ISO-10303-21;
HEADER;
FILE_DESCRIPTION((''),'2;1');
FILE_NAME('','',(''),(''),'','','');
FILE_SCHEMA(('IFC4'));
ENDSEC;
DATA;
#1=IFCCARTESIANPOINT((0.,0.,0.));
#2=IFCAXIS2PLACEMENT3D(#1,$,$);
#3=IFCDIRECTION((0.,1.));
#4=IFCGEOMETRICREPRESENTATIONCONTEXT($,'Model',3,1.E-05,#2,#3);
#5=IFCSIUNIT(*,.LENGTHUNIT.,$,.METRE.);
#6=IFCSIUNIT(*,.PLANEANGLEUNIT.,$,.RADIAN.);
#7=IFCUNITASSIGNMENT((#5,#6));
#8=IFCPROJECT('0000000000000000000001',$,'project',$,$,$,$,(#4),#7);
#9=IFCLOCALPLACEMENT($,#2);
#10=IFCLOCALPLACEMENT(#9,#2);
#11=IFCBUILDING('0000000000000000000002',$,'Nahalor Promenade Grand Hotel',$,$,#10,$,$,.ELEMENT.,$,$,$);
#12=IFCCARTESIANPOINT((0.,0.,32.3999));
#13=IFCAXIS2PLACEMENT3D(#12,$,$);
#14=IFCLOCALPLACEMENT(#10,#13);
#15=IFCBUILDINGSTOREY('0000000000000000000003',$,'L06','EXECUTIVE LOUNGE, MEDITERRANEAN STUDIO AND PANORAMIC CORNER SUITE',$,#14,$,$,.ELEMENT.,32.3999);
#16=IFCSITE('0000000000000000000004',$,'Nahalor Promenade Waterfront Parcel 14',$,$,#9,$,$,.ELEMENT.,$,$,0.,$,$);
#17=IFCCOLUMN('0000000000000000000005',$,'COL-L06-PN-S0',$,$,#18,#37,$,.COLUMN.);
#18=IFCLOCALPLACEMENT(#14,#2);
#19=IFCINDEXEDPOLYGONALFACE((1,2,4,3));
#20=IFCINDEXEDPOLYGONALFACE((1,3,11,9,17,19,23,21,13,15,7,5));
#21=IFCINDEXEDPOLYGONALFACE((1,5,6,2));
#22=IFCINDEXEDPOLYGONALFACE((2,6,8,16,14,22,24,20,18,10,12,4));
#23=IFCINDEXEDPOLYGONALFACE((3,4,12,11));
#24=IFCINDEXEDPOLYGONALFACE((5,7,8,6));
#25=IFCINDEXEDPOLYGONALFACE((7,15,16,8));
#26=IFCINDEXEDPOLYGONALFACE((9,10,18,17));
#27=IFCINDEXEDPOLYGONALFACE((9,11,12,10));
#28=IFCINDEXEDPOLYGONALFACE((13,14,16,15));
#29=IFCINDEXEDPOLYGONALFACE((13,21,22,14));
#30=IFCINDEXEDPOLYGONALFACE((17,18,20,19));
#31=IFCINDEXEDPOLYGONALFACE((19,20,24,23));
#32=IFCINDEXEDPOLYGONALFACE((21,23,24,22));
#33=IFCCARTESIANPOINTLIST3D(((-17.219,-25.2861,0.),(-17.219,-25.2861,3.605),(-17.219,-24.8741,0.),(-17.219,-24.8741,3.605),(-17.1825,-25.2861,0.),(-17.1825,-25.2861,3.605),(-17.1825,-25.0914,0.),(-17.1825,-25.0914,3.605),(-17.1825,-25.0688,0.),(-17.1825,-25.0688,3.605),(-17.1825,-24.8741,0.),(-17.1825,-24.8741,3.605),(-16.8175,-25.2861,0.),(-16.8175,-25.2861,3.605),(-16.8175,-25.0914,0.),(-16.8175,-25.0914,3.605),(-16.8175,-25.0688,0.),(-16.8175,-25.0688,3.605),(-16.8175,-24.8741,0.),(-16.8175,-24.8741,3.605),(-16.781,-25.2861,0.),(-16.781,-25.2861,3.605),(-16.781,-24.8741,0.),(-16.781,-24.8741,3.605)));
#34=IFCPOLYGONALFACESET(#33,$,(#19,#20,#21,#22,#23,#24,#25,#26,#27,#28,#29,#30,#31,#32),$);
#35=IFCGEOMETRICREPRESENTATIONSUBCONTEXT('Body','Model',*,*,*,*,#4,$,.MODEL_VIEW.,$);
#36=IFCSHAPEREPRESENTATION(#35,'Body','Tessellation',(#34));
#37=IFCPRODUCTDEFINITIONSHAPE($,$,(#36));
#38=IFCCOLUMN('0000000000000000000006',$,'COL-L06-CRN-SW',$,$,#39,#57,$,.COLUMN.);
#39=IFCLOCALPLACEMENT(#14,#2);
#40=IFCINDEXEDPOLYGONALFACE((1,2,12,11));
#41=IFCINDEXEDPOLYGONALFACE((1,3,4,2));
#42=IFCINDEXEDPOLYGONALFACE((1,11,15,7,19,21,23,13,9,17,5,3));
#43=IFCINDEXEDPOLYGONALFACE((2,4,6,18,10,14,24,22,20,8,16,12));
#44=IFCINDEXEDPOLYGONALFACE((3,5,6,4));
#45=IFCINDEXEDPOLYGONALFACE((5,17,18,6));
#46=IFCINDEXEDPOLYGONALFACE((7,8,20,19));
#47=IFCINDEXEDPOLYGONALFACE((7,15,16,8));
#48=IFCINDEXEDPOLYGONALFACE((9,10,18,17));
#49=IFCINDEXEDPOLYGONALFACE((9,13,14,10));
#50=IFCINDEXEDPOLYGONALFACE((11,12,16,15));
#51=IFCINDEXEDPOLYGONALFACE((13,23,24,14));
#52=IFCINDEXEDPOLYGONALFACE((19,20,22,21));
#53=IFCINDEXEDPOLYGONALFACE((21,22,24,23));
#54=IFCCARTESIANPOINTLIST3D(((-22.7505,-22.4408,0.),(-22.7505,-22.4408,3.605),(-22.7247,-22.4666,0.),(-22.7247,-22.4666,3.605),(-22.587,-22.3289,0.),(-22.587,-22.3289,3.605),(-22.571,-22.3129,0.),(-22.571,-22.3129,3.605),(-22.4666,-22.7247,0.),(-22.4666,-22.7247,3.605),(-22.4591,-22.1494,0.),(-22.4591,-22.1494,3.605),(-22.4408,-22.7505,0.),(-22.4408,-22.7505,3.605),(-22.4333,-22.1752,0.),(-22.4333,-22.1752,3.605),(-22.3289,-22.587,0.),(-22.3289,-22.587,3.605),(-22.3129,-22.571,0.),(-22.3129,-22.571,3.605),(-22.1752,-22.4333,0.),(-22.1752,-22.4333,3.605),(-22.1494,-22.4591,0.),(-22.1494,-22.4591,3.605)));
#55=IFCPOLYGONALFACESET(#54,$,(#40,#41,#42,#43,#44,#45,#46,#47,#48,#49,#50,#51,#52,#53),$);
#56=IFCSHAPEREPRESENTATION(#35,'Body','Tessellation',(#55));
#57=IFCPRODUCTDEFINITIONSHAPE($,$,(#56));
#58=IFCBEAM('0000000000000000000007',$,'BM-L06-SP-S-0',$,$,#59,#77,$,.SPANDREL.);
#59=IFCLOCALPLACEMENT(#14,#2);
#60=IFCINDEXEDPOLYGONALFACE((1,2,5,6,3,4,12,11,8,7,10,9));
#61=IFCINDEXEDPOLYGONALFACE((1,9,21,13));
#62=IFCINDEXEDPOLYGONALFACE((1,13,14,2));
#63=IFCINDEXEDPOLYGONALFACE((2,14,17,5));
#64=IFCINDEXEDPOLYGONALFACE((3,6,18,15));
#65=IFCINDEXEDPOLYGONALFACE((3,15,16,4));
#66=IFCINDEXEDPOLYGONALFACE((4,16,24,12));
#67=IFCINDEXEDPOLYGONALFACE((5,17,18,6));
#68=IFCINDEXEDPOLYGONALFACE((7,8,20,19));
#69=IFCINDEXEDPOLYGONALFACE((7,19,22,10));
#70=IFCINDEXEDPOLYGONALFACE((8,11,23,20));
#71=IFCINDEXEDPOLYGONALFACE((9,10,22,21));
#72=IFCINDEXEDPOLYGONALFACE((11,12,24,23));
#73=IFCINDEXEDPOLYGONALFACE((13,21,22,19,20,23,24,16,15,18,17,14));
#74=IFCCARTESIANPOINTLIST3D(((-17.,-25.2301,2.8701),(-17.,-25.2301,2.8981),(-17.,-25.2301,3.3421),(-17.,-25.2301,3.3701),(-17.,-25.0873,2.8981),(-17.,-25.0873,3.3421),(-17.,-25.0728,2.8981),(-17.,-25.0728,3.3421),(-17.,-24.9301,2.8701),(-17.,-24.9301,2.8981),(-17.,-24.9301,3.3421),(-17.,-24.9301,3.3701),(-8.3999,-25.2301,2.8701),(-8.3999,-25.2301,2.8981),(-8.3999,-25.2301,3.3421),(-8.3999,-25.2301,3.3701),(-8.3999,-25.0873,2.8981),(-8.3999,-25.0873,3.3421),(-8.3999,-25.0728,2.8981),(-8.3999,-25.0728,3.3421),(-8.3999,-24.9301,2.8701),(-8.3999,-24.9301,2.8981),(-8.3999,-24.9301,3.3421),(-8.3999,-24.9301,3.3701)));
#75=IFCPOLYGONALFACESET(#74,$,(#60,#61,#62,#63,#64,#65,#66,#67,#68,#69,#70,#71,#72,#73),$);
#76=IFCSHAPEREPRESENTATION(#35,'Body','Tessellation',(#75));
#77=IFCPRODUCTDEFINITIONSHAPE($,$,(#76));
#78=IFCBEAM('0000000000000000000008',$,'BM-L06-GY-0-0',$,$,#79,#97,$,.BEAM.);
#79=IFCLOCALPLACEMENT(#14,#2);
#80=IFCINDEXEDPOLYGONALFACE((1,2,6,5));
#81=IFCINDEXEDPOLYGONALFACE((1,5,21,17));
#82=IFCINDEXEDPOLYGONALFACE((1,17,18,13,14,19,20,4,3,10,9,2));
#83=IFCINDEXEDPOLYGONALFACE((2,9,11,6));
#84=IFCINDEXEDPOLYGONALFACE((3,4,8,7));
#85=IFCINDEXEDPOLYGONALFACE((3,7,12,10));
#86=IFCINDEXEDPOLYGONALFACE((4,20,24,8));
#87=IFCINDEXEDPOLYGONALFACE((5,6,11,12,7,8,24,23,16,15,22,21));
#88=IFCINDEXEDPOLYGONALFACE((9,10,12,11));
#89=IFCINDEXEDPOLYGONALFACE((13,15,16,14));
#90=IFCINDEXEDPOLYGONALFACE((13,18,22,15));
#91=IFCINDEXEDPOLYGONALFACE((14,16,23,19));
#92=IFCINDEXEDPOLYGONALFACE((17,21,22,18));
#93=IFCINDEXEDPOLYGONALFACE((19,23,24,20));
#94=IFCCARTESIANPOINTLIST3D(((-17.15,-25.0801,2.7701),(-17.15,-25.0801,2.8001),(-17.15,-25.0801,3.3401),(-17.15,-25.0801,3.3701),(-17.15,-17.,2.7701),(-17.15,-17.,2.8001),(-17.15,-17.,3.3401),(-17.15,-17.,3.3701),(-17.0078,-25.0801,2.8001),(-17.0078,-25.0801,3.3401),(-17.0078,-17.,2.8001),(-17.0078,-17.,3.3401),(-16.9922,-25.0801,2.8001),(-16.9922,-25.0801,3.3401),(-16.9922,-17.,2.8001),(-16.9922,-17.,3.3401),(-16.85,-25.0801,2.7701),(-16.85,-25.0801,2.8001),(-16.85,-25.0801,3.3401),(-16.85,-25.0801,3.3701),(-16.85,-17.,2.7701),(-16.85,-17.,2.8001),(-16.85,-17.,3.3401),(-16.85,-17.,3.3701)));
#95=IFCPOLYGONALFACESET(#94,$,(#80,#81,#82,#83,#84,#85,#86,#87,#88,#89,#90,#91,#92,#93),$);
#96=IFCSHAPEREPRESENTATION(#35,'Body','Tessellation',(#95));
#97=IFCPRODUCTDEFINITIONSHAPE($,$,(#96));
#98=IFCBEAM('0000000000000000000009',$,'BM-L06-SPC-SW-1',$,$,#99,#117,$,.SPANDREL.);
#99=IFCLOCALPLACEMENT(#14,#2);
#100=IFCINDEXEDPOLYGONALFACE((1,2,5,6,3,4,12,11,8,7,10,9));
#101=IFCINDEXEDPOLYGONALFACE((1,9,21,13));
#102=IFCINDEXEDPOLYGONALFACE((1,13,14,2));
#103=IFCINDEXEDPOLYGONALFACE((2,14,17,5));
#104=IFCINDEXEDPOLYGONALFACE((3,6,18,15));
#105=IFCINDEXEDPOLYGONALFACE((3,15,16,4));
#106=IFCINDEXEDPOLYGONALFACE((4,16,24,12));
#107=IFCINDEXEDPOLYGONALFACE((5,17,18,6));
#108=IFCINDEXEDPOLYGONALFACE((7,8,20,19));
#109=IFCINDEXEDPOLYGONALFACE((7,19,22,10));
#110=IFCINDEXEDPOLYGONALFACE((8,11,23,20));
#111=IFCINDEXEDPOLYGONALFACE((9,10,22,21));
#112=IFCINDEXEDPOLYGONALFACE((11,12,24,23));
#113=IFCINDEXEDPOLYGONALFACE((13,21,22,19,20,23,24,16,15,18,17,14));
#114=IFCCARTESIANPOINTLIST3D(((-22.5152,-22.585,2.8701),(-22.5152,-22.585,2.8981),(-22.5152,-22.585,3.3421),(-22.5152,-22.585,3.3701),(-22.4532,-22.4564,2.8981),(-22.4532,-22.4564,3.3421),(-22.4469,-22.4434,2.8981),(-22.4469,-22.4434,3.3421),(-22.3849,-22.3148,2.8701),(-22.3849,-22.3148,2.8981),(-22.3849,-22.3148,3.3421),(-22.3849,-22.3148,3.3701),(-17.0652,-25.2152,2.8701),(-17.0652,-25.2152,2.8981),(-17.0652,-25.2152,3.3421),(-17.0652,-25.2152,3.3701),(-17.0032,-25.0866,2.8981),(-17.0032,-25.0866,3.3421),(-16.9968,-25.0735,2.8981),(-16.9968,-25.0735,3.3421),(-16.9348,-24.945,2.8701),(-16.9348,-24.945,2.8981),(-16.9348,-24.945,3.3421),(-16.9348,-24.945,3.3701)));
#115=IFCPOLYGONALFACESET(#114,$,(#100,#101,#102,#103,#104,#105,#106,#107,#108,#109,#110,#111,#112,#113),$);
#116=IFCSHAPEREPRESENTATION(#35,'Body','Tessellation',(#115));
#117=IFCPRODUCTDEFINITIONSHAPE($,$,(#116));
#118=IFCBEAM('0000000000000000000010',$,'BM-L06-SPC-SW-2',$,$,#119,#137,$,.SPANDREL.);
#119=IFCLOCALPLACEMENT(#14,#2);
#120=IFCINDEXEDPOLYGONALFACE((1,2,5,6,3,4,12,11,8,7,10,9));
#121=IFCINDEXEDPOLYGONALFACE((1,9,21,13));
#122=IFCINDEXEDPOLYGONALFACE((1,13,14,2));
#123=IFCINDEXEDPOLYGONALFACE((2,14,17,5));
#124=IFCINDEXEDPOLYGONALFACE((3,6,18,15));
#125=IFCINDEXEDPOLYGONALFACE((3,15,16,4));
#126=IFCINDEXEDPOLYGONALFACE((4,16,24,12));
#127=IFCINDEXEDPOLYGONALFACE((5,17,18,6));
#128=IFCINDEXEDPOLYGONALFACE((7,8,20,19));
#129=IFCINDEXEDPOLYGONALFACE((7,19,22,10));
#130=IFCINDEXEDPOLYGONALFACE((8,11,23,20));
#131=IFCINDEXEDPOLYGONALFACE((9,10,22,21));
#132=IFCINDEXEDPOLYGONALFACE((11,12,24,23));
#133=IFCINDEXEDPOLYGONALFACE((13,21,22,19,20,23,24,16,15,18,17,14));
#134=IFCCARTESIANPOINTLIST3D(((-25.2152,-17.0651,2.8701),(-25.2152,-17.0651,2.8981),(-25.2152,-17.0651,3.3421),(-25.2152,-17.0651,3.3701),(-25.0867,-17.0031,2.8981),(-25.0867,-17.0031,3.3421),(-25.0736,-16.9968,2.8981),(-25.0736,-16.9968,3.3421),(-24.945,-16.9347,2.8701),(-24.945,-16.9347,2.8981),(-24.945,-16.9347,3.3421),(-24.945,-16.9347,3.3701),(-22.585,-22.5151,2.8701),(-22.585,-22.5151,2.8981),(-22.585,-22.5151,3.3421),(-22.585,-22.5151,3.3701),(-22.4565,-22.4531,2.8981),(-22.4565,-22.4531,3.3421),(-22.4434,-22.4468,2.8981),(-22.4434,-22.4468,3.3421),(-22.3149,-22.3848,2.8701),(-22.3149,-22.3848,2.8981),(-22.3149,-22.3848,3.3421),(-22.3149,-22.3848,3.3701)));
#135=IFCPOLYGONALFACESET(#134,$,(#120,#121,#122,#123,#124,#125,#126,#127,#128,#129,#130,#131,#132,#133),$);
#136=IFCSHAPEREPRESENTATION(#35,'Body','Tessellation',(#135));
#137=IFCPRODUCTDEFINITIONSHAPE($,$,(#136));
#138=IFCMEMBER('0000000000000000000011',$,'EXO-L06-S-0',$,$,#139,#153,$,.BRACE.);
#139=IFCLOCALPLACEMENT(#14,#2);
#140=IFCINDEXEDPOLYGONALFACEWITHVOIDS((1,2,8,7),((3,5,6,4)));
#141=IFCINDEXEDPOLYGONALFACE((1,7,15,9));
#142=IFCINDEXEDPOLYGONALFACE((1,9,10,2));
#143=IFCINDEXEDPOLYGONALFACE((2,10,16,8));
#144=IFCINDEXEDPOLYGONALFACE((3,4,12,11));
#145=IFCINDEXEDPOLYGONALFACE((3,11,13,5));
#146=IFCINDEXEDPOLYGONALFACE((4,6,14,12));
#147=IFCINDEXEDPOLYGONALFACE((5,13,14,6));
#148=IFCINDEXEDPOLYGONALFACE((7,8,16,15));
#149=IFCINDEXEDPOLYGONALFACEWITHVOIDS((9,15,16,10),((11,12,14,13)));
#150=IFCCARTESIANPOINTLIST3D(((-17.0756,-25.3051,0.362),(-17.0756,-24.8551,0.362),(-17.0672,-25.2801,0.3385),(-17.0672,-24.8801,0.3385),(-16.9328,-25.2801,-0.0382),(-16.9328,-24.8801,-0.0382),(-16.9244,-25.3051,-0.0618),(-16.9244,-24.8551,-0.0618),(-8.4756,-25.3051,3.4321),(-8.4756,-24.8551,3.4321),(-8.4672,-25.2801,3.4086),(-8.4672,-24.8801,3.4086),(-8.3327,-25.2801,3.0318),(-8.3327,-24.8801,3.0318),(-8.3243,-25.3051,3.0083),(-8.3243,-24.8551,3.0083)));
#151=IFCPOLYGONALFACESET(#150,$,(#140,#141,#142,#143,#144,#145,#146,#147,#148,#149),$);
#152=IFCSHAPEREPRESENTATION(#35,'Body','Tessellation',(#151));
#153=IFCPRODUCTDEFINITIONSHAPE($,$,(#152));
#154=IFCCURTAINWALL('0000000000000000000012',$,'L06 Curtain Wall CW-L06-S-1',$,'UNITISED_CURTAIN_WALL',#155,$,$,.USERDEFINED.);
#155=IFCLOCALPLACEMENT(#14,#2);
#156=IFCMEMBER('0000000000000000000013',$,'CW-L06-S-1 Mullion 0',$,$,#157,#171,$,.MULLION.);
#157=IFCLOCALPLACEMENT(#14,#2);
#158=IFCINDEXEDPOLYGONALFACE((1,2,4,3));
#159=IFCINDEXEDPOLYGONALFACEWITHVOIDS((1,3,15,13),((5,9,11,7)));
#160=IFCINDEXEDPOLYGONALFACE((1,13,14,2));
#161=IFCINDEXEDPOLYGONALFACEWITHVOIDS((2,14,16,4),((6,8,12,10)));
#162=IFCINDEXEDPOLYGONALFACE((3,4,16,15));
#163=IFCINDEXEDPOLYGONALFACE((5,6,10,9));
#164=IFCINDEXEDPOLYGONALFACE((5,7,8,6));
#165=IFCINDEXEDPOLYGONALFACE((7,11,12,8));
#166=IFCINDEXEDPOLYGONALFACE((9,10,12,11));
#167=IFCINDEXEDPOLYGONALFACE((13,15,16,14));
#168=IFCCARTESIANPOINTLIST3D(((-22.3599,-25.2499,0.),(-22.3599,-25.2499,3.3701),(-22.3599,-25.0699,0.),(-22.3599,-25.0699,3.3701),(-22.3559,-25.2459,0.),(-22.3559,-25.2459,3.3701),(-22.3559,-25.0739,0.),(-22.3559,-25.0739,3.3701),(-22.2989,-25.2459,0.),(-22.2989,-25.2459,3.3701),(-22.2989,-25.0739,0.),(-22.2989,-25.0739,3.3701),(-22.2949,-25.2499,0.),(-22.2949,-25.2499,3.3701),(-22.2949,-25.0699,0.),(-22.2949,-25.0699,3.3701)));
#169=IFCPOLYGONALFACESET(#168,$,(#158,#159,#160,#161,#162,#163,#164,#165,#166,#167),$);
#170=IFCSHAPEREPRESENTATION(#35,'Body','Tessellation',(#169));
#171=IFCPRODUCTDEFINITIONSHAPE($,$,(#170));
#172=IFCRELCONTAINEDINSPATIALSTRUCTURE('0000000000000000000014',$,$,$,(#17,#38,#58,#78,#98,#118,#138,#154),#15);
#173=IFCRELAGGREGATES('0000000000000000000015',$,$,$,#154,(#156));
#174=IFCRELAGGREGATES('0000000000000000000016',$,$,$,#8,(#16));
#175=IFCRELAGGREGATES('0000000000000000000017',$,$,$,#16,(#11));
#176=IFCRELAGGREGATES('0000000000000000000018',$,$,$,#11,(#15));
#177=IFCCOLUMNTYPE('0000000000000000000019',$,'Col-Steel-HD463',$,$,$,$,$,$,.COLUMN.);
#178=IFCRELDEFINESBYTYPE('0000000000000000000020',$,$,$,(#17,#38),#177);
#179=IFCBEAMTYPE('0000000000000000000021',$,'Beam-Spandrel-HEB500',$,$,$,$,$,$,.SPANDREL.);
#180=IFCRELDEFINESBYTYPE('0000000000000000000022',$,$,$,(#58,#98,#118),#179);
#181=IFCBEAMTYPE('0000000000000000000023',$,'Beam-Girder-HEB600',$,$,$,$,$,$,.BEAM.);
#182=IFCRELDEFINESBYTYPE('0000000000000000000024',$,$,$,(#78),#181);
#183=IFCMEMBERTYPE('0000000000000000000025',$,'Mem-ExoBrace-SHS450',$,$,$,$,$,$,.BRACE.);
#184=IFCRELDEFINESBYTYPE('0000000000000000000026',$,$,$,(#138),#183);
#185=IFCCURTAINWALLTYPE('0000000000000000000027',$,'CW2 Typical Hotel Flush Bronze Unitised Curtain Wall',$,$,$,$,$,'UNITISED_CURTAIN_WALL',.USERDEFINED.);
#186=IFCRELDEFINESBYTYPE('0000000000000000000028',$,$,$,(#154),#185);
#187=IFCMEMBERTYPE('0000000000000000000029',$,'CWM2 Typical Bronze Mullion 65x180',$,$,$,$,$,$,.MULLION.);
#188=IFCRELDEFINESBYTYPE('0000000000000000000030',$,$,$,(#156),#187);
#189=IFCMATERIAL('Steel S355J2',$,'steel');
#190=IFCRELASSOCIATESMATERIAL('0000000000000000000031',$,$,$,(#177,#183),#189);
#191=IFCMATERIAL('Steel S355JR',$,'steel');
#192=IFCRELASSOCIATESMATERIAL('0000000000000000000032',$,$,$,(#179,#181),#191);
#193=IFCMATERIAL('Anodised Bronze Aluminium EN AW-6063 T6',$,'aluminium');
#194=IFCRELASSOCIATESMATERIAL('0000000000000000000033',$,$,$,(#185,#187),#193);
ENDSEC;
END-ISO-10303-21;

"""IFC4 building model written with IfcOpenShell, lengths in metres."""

from ifc_helpers import new_model, si_unit, direction, frame, origin, origin_2d, place, context, subcontext, project, spatial, hollow_rectangle, i_section, extrude, source, transform, mapped, material, material_profile, profile_set, type_object, element, aggregate, save


model = new_model("IFC4")

# Units and contexts
model_context = context("Model", 3, precision=1e-05, world=origin(), true_north=direction((0.0, 1.0)))
body_context = subcontext(model_context, "Body", "Model", "MODEL_VIEW")
ifc_project = project(units=[si_unit("LENGTHUNIT", "METRE"), si_unit("PLANEANGLEUNIT", "RADIAN")], contexts=[model_context])

# Site, building, storey
site_placement = place(None, origin())
site = spatial("IfcSite", under=ifc_project, at=site_placement, Name="Nahalor Promenade Waterfront Parcel 14", CompositionType="ELEMENT", RefElevation=0.0)
building_placement = place(site_placement, origin())
building = spatial("IfcBuilding", under=site, at=building_placement, Name="Nahalor Promenade Grand Hotel", CompositionType="ELEMENT")
storey_placement = place(building_placement, frame((0.0, 0.0, 32.3999)))
storey = spatial("IfcBuildingStorey", under=building, at=storey_placement, Name="L06", Description="EXECUTIVE LOUNGE, MEDITERRANEAN STUDIO AND PANORAMIC CORNER SUITE", CompositionType="ELEMENT", Elevation=32.3999)

# Columns
ifc_material_1 = material(Name="Steel S355J2", Category="steel")
ifc_material_profile_1 = material_profile(ifc_material_1, i_section(OverallWidth=0.412, OverallDepth=0.438, WebThickness=0.0226, FlangeThickness=0.0365, at=origin_2d()), Name="HD 400x463")
ifc_profile_set_1 = profile_set([ifc_material_profile_1], Name="Steel S355J2")
column_type = type_object("IfcColumnType", Name="Col-Steel-HD463", PredefinedType="COLUMN", material=ifc_profile_set_1)
shared_shape_1 = source(origin(), body_context, "Body", "SweptSolid", [
    extrude(i_section(OverallWidth=0.412, OverallDepth=0.438, WebThickness=0.0226, FlangeThickness=0.0365, at=origin_2d()), origin(), (0.0, 0.0, 1.0), 3.605),
])
for number, where, z_axis, x_axis, name in (
    (1, (-17.0, -25.0801, 0.0), (0.0, 0.0, 1.0), (0.0, 1.0, 0.0), "COL-L06-PN-S0"),
    (2, (-22.45, -22.45, 0.0), (0.0, 0.0, 1.0), (0.707107, 0.707107, 0.0), "COL-L06-CRN-SW"),
):
    element("IfcColumn", number, at=place(storey_placement, frame(where, z_axis=z_axis, x_axis=x_axis)), inside=storey, type_object=column_type, Name=name, PredefinedType="COLUMN", context=body_context, shape_type="MappedRepresentation", body=[
        mapped(shared_shape_1, transform((0.0, 0.0, 0.0), scale=1.0)),
    ])

# Beams
ifc_material_2 = material(Name="Steel S355JR", Category="steel")
ifc_material_profile_2 = material_profile(ifc_material_2, i_section(OverallWidth=0.3, OverallDepth=0.5, WebThickness=0.0145, FlangeThickness=0.028, at=origin_2d()), Name="HEB 500")
ifc_profile_set_2 = profile_set([ifc_material_profile_2], Name="Steel S355JR")
beam_type_1 = type_object("IfcBeamType", Name="Beam-Spandrel-HEB500", PredefinedType="SPANDREL", material=ifc_profile_set_2)
shared_shape_2 = source(origin(), body_context, "Body", "SweptSolid", [
    extrude(i_section(OverallWidth=0.3, OverallDepth=0.5, WebThickness=0.0145, FlangeThickness=0.028, at=origin_2d()), origin(), (0.0, 0.0, 1.0), 8.6001),
])
beam_1_placement = place(storey_placement, frame((-17.0, -25.0801, 3.1201), z_axis=(1.0, 0.0, 0.0), x_axis=(0.0, 1.0, 0.0)))
element("IfcBeam", 3, at=beam_1_placement, inside=storey, type_object=beam_type_1, Name="BM-L06-SP-S-0", PredefinedType="SPANDREL", context=body_context, shape_type="MappedRepresentation", body=[
    mapped(shared_shape_2, transform((0.0, 0.0, 0.0), scale=1.0)),
])
ifc_material_profile_3 = material_profile(ifc_material_2, i_section(OverallWidth=0.3, OverallDepth=0.6, WebThickness=0.0155, FlangeThickness=0.03, at=origin_2d()), Name="HEB 600")
ifc_profile_set_3 = profile_set([ifc_material_profile_3], Name="Steel S355JR")
beam_type_2 = type_object("IfcBeamType", Name="Beam-Girder-HEB600", PredefinedType="BEAM", material=ifc_profile_set_3)
shared_shape_3 = source(origin(), body_context, "Body", "SweptSolid", [
    extrude(i_section(OverallWidth=0.3, OverallDepth=0.6, WebThickness=0.0155, FlangeThickness=0.03, at=origin_2d()), origin(), (0.0, 0.0, 1.0), 8.0801),
])
beam_2_placement = place(storey_placement, frame((-17.0, -25.0801, 3.0701), z_axis=(0.0, 1.0, 0.0), x_axis=(-1.0, 0.0, 0.0)))
element("IfcBeam", 4, at=beam_2_placement, inside=storey, type_object=beam_type_2, Name="BM-L06-GY-0-0", PredefinedType="BEAM", context=body_context, shape_type="MappedRepresentation", body=[
    mapped(shared_shape_3, transform((0.0, 0.0, 0.0), scale=1.0)),
])
shared_shape_4 = source(origin(), body_context, "Body", "SweptSolid", [
    extrude(i_section(OverallWidth=0.3, OverallDepth=0.5, WebThickness=0.0145, FlangeThickness=0.028, at=origin_2d()), origin(), (0.0, 0.0, 1.0), 6.0515),
])
for number, where, z_axis, x_axis, name in (
    (5, (-17.0, -25.0801, 3.1201), (-0.900609, 0.434631, 0.0), (-0.434631, -0.900609, 0.0), "BM-L06-SPC-SW-1"),
    (6, (-22.45, -22.45, 3.1201), (-0.434631, 0.900609, 0.0), (-0.900609, -0.434631, 0.0), "BM-L06-SPC-SW-2"),
):
    element("IfcBeam", number, at=place(storey_placement, frame(where, z_axis=z_axis, x_axis=x_axis)), inside=storey, type_object=beam_type_1, Name=name, PredefinedType="SPANDREL", context=body_context, shape_type="MappedRepresentation", body=[
        mapped(shared_shape_4, transform((0.0, 0.0, 0.0), scale=1.0)),
    ])

# Member
ifc_material_profile_4 = material_profile(ifc_material_1, hollow_rectangle(XDim=0.45, YDim=0.45, WallThickness=0.025, at=origin_2d()), Name="SHS 450x450x25")
ifc_profile_set_4 = profile_set([ifc_material_profile_4], Name="Steel S355J2")
member_type_1 = type_object("IfcMemberType", Name="Mem-ExoBrace-SHS450", PredefinedType="BRACE", material=ifc_profile_set_4)
shared_shape_5 = source(origin(), body_context, "Body", "SweptSolid", [
    extrude(hollow_rectangle(XDim=0.45, YDim=0.45, WallThickness=0.025, at=origin_2d()), origin(), (0.0, 0.0, 1.0), 9.1316),
])
member_1_placement = place(storey_placement, frame((-17.0, -25.0801, 0.1501), z_axis=(0.94179, 0.0, 0.336201), x_axis=(0.0, 1.0, 0.0)))
element("IfcMember", 7, at=member_1_placement, inside=storey, type_object=member_type_1, Name="EXO-L06-S-0", PredefinedType="BRACE", context=body_context, shape_type="MappedRepresentation", body=[
    mapped(shared_shape_5, transform((0.0, 0.0, 0.0), scale=1.0)),
])

# Curtain wall, member
ifc_material_3 = material(Name="Anodised Bronze Aluminium EN AW-6063 T6", Category="aluminium")
curtain_wall_type = type_object("IfcCurtainWallType", Name="CW2 Typical Hotel Flush Bronze Unitised Curtain Wall", ElementType="UNITISED_CURTAIN_WALL", PredefinedType="USERDEFINED", material=ifc_material_3)
curtain_wall_1_placement = place(storey_placement, origin())
curtain_wall_1 = element("IfcCurtainWall", 8, at=curtain_wall_1_placement, inside=storey, type_object=curtain_wall_type, Name="L06 Curtain Wall CW-L06-S-1", ObjectType="UNITISED_CURTAIN_WALL", PredefinedType="USERDEFINED")
ifc_material_profile_5 = material_profile(ifc_material_3, hollow_rectangle(XDim=0.065, YDim=0.18, WallThickness=0.004, at=origin_2d()), Name="CWM 65x180x4")
ifc_profile_set_5 = profile_set([ifc_material_profile_5], Name="Anodised Bronze Aluminium EN AW-6063 T6")
member_type_2 = type_object("IfcMemberType", Name="CWM2 Typical Bronze Mullion 65x180", PredefinedType="MULLION", material=ifc_profile_set_5)
shared_shape_6 = source(origin(), body_context, "Body", "SweptSolid", [
    extrude(hollow_rectangle(XDim=0.065, YDim=0.18, WallThickness=0.004, at=origin_2d()), origin(), (0.0, 0.0, 1.0), 3.3701),
])
member_2_placement = place(storey_placement, frame((-22.3274, -25.1599, 0.0), z_axis=(0.0, 0.0, 1.0), x_axis=(1.0, 0.0, 0.0)))
member_2 = element("IfcMember", 9, at=member_2_placement, type_object=member_type_2, Name="CW-L06-S-1 Mullion 0", PredefinedType="MULLION", context=body_context, shape_type="MappedRepresentation", body=[
    mapped(shared_shape_6, transform((0.0, 0.0, 0.0), scale=1.0)),
])

aggregate(curtain_wall_1, [member_2])

save(model, "model.ifc")
